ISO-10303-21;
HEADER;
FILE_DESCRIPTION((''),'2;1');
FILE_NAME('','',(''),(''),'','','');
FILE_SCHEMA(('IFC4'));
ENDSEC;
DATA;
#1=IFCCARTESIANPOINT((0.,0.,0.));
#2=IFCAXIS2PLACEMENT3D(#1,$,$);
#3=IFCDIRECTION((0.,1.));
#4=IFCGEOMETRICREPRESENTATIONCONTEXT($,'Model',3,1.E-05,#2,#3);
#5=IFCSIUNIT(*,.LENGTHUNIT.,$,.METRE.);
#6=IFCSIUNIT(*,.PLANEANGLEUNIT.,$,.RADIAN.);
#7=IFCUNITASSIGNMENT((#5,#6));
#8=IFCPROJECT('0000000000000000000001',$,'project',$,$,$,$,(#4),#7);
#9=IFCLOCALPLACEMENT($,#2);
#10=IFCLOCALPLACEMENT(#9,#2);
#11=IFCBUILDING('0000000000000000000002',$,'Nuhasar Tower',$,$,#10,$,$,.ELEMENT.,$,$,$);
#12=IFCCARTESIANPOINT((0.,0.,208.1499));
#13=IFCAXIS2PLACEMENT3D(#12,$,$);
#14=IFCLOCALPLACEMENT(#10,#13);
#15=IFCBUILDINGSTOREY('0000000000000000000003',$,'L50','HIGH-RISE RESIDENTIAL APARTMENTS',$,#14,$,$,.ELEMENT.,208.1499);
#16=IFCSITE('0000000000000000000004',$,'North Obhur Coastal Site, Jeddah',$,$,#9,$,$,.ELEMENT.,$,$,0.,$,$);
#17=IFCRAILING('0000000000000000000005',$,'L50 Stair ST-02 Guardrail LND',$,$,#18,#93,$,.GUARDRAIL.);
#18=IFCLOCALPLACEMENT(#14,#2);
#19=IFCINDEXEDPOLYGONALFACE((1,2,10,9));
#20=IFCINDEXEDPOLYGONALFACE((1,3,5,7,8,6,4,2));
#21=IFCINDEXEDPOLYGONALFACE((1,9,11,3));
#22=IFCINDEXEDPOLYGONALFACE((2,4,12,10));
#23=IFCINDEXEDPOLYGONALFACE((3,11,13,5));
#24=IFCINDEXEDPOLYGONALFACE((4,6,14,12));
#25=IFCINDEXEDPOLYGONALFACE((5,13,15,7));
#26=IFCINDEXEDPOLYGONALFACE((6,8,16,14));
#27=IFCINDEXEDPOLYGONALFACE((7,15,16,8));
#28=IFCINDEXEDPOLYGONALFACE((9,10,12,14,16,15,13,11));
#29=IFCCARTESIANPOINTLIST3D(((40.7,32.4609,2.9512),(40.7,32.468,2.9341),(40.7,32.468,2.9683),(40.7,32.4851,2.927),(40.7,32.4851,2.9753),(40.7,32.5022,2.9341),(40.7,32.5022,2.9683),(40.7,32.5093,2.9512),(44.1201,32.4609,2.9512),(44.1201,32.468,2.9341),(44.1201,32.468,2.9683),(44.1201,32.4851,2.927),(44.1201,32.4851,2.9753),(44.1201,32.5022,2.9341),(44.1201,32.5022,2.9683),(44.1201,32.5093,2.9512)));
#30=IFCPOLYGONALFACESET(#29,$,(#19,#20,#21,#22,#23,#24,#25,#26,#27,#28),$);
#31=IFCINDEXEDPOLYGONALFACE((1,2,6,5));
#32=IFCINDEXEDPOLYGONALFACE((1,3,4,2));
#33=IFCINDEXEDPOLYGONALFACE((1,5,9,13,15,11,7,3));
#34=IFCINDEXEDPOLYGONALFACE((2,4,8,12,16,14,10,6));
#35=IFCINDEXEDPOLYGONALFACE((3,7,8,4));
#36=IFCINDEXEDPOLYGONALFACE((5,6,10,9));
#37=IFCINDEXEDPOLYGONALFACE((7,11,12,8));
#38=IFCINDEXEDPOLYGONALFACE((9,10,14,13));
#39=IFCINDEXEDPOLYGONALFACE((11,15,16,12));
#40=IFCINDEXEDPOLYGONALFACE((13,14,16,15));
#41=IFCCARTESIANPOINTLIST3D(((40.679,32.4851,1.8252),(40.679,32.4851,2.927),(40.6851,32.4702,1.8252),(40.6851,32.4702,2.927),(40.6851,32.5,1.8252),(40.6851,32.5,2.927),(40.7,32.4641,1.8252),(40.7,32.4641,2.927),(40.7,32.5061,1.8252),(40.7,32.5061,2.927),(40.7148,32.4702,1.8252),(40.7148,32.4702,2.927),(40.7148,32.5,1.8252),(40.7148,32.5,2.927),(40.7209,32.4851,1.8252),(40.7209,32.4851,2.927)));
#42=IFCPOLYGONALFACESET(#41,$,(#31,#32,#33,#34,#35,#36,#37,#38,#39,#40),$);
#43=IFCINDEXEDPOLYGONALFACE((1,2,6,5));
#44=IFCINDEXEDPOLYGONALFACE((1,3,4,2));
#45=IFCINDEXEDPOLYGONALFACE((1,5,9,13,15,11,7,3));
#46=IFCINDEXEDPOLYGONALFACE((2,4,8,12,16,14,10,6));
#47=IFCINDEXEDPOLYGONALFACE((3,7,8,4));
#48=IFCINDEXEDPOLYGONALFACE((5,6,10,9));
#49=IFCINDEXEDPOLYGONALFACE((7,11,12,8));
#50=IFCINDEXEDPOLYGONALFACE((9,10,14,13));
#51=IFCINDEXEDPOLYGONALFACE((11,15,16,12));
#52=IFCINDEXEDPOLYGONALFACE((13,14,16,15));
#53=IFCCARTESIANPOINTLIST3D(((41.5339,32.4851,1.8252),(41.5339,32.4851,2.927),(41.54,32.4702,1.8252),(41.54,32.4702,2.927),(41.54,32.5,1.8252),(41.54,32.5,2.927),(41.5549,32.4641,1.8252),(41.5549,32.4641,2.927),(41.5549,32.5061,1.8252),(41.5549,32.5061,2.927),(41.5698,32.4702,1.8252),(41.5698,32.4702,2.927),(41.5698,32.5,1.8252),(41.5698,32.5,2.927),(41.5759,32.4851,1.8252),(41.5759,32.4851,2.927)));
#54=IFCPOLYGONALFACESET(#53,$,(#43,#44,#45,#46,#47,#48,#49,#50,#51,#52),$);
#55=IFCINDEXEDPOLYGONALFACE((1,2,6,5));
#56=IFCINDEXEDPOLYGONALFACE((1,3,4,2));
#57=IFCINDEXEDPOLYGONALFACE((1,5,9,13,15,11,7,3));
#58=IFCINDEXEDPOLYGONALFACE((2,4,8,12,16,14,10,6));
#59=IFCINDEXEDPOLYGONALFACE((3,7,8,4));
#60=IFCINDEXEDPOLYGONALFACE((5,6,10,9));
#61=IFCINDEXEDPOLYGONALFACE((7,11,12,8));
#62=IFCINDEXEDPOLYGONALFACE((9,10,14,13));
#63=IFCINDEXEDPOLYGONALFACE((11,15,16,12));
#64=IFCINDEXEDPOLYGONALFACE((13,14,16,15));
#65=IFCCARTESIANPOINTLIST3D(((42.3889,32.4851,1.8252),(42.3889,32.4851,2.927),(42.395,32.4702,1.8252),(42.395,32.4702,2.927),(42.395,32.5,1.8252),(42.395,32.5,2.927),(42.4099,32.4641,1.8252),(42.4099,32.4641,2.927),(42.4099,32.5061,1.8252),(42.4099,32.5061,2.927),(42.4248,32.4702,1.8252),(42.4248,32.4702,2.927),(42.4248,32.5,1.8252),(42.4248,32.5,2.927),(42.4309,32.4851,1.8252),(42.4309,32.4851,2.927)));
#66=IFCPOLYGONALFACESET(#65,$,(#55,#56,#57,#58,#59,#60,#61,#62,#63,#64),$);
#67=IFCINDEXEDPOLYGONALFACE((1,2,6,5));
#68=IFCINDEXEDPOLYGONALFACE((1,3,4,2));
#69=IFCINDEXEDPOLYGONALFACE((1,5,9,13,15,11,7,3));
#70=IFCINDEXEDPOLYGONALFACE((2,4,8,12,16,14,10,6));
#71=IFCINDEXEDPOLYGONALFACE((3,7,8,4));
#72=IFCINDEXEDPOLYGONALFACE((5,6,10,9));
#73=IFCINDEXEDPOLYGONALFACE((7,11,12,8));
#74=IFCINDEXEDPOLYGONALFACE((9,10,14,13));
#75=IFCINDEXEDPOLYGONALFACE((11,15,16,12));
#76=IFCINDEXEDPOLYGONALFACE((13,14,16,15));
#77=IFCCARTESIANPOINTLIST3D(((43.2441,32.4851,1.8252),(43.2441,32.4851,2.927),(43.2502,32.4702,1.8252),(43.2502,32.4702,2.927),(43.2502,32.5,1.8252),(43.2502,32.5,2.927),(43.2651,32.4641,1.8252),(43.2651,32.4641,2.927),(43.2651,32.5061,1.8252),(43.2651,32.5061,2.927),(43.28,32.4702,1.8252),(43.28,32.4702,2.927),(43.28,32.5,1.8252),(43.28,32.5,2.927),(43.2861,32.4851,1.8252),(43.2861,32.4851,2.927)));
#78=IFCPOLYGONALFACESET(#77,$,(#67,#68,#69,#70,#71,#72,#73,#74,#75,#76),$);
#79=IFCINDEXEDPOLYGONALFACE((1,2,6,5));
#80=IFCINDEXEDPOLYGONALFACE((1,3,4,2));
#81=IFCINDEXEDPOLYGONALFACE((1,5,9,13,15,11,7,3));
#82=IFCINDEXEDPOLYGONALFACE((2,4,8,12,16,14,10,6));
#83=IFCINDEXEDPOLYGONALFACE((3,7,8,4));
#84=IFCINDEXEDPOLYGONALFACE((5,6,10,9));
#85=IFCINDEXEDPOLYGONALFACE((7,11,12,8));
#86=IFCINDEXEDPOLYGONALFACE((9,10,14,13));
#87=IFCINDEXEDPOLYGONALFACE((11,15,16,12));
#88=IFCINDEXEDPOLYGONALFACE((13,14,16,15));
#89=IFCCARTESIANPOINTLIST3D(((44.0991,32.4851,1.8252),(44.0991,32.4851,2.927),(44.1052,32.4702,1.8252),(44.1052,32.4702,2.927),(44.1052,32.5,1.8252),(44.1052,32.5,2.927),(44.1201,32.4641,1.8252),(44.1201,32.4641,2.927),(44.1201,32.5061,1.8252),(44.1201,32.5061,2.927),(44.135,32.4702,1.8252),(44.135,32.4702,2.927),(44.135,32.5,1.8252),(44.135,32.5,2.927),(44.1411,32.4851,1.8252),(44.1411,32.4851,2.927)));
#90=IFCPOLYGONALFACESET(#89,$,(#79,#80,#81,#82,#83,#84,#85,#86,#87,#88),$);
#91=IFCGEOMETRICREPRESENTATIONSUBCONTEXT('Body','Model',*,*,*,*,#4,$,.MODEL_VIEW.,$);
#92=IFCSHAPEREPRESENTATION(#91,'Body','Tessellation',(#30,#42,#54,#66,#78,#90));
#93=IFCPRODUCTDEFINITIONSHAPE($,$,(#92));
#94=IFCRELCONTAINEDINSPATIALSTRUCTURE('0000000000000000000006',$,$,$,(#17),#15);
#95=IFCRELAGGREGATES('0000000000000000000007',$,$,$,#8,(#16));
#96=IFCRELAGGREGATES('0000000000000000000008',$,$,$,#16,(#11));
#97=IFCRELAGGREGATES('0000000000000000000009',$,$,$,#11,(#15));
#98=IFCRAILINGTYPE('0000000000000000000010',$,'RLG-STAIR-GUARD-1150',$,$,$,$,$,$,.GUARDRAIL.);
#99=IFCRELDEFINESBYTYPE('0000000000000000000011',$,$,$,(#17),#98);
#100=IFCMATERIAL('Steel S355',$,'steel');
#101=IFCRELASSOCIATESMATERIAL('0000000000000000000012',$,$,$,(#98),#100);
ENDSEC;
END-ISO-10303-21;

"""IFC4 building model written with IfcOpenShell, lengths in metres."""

from ifc_helpers import new_model, si_unit, direction, frame, origin, place, context, subcontext, project, spatial, polyline, outline, extrude, material, type_object, element, save


model = new_model("IFC4")

# Units and contexts
model_context = context("Model", 3, precision=1e-05, world=origin(), true_north=direction((0.0, 1.0)))
body_context = subcontext(model_context, "Body", "Model", "MODEL_VIEW")
ifc_project = project(units=[si_unit("LENGTHUNIT", "METRE"), si_unit("PLANEANGLEUNIT", "RADIAN")], contexts=[model_context])

# Site, building, storey
site_placement = place(None, origin())
site = spatial("IfcSite", under=ifc_project, at=site_placement, Name="North Obhur Coastal Site, Jeddah", CompositionType="ELEMENT", RefElevation=0.0)
building_placement = place(site_placement, origin())
building = spatial("IfcBuilding", under=site, at=building_placement, Name="Nuhasar Tower", CompositionType="ELEMENT")
storey_placement = place(building_placement, frame((0.0, 0.0, 208.1499)))
storey = spatial("IfcBuildingStorey", under=building, at=storey_placement, Name="L50", Description="HIGH-RISE RESIDENTIAL APARTMENTS", CompositionType="ELEMENT", Elevation=208.1499)

# Shared definitions
ifc_material_1 = material(Name="Steel S355", Category="steel")

# Railing
railing_type_1 = type_object("IfcRailingType", Name="RLG-STAIR-GUARD-1150", PredefinedType="GUARDRAIL", material=ifc_material_1)
railing_1_placement = place(storey_placement, frame((40.7, 32.4851, 1.8252)))
element("IfcRailing", 1, at=railing_1_placement, inside=storey, type_object=railing_type_1, Name="L50 Stair ST-02 Guardrail LND", PredefinedType="GUARDRAIL", context=body_context, shape_type="SweptSolid", body=[
    extrude(outline(polyline([(0.0242, 0.0), (0.0171, 0.0171), (0.0, 0.0242), (-0.0171, 0.0171), (-0.0242, 0.0), (-0.0171, -0.0171), (0.0, -0.0242), (0.0171, -0.0171), (0.0242, 0.0)])), frame((0.0, 0.0, 1.126), z_axis=(1.0, 0.0, 0.0), x_axis=(0.0, 1.0, 0.0)), (0.0, 0.0, 1.0), 3.4202),
    extrude(outline(polyline([(0.021, 0.0), (0.0149, 0.0149), (0.0, 0.021), (-0.0149, 0.0149), (-0.021, 0.0), (-0.0149, -0.0149), (0.0, -0.021), (0.0149, -0.0149), (0.021, 0.0)])), origin(), (0.0, 0.0, 1.0), 1.1018),
    extrude(outline(polyline([(0.021, 0.0), (0.0149, 0.0149), (0.0, 0.021), (-0.0149, 0.0149), (-0.021, 0.0), (-0.0149, -0.0149), (0.0, -0.021), (0.0149, -0.0149), (0.021, 0.0)])), frame((0.855, 0.0, 0.0)), (0.0, 0.0, 1.0), 1.1018),
    extrude(outline(polyline([(0.021, 0.0), (0.0149, 0.0149), (0.0, 0.021), (-0.0149, 0.0149), (-0.021, 0.0), (-0.0149, -0.0149), (0.0, -0.021), (0.0149, -0.0149), (0.021, 0.0)])), frame((1.71, 0.0, 0.0)), (0.0, 0.0, 1.0), 1.1018),
    extrude(outline(polyline([(0.021, 0.0), (0.0149, 0.0149), (0.0, 0.021), (-0.0149, 0.0149), (-0.021, 0.0), (-0.0149, -0.0149), (0.0, -0.021), (0.0149, -0.0149), (0.021, 0.0)])), frame((2.5652, 0.0, 0.0)), (0.0, 0.0, 1.0), 1.1018),
    extrude(outline(polyline([(0.021, 0.0), (0.0149, 0.0149), (0.0, 0.021), (-0.0149, 0.0149), (-0.021, 0.0), (-0.0149, -0.0149), (0.0, -0.021), (0.0149, -0.0149), (0.021, 0.0)])), frame((3.4202, 0.0, 0.0)), (0.0, 0.0, 1.0), 1.1018),
])

save(model, "model.ifc")
